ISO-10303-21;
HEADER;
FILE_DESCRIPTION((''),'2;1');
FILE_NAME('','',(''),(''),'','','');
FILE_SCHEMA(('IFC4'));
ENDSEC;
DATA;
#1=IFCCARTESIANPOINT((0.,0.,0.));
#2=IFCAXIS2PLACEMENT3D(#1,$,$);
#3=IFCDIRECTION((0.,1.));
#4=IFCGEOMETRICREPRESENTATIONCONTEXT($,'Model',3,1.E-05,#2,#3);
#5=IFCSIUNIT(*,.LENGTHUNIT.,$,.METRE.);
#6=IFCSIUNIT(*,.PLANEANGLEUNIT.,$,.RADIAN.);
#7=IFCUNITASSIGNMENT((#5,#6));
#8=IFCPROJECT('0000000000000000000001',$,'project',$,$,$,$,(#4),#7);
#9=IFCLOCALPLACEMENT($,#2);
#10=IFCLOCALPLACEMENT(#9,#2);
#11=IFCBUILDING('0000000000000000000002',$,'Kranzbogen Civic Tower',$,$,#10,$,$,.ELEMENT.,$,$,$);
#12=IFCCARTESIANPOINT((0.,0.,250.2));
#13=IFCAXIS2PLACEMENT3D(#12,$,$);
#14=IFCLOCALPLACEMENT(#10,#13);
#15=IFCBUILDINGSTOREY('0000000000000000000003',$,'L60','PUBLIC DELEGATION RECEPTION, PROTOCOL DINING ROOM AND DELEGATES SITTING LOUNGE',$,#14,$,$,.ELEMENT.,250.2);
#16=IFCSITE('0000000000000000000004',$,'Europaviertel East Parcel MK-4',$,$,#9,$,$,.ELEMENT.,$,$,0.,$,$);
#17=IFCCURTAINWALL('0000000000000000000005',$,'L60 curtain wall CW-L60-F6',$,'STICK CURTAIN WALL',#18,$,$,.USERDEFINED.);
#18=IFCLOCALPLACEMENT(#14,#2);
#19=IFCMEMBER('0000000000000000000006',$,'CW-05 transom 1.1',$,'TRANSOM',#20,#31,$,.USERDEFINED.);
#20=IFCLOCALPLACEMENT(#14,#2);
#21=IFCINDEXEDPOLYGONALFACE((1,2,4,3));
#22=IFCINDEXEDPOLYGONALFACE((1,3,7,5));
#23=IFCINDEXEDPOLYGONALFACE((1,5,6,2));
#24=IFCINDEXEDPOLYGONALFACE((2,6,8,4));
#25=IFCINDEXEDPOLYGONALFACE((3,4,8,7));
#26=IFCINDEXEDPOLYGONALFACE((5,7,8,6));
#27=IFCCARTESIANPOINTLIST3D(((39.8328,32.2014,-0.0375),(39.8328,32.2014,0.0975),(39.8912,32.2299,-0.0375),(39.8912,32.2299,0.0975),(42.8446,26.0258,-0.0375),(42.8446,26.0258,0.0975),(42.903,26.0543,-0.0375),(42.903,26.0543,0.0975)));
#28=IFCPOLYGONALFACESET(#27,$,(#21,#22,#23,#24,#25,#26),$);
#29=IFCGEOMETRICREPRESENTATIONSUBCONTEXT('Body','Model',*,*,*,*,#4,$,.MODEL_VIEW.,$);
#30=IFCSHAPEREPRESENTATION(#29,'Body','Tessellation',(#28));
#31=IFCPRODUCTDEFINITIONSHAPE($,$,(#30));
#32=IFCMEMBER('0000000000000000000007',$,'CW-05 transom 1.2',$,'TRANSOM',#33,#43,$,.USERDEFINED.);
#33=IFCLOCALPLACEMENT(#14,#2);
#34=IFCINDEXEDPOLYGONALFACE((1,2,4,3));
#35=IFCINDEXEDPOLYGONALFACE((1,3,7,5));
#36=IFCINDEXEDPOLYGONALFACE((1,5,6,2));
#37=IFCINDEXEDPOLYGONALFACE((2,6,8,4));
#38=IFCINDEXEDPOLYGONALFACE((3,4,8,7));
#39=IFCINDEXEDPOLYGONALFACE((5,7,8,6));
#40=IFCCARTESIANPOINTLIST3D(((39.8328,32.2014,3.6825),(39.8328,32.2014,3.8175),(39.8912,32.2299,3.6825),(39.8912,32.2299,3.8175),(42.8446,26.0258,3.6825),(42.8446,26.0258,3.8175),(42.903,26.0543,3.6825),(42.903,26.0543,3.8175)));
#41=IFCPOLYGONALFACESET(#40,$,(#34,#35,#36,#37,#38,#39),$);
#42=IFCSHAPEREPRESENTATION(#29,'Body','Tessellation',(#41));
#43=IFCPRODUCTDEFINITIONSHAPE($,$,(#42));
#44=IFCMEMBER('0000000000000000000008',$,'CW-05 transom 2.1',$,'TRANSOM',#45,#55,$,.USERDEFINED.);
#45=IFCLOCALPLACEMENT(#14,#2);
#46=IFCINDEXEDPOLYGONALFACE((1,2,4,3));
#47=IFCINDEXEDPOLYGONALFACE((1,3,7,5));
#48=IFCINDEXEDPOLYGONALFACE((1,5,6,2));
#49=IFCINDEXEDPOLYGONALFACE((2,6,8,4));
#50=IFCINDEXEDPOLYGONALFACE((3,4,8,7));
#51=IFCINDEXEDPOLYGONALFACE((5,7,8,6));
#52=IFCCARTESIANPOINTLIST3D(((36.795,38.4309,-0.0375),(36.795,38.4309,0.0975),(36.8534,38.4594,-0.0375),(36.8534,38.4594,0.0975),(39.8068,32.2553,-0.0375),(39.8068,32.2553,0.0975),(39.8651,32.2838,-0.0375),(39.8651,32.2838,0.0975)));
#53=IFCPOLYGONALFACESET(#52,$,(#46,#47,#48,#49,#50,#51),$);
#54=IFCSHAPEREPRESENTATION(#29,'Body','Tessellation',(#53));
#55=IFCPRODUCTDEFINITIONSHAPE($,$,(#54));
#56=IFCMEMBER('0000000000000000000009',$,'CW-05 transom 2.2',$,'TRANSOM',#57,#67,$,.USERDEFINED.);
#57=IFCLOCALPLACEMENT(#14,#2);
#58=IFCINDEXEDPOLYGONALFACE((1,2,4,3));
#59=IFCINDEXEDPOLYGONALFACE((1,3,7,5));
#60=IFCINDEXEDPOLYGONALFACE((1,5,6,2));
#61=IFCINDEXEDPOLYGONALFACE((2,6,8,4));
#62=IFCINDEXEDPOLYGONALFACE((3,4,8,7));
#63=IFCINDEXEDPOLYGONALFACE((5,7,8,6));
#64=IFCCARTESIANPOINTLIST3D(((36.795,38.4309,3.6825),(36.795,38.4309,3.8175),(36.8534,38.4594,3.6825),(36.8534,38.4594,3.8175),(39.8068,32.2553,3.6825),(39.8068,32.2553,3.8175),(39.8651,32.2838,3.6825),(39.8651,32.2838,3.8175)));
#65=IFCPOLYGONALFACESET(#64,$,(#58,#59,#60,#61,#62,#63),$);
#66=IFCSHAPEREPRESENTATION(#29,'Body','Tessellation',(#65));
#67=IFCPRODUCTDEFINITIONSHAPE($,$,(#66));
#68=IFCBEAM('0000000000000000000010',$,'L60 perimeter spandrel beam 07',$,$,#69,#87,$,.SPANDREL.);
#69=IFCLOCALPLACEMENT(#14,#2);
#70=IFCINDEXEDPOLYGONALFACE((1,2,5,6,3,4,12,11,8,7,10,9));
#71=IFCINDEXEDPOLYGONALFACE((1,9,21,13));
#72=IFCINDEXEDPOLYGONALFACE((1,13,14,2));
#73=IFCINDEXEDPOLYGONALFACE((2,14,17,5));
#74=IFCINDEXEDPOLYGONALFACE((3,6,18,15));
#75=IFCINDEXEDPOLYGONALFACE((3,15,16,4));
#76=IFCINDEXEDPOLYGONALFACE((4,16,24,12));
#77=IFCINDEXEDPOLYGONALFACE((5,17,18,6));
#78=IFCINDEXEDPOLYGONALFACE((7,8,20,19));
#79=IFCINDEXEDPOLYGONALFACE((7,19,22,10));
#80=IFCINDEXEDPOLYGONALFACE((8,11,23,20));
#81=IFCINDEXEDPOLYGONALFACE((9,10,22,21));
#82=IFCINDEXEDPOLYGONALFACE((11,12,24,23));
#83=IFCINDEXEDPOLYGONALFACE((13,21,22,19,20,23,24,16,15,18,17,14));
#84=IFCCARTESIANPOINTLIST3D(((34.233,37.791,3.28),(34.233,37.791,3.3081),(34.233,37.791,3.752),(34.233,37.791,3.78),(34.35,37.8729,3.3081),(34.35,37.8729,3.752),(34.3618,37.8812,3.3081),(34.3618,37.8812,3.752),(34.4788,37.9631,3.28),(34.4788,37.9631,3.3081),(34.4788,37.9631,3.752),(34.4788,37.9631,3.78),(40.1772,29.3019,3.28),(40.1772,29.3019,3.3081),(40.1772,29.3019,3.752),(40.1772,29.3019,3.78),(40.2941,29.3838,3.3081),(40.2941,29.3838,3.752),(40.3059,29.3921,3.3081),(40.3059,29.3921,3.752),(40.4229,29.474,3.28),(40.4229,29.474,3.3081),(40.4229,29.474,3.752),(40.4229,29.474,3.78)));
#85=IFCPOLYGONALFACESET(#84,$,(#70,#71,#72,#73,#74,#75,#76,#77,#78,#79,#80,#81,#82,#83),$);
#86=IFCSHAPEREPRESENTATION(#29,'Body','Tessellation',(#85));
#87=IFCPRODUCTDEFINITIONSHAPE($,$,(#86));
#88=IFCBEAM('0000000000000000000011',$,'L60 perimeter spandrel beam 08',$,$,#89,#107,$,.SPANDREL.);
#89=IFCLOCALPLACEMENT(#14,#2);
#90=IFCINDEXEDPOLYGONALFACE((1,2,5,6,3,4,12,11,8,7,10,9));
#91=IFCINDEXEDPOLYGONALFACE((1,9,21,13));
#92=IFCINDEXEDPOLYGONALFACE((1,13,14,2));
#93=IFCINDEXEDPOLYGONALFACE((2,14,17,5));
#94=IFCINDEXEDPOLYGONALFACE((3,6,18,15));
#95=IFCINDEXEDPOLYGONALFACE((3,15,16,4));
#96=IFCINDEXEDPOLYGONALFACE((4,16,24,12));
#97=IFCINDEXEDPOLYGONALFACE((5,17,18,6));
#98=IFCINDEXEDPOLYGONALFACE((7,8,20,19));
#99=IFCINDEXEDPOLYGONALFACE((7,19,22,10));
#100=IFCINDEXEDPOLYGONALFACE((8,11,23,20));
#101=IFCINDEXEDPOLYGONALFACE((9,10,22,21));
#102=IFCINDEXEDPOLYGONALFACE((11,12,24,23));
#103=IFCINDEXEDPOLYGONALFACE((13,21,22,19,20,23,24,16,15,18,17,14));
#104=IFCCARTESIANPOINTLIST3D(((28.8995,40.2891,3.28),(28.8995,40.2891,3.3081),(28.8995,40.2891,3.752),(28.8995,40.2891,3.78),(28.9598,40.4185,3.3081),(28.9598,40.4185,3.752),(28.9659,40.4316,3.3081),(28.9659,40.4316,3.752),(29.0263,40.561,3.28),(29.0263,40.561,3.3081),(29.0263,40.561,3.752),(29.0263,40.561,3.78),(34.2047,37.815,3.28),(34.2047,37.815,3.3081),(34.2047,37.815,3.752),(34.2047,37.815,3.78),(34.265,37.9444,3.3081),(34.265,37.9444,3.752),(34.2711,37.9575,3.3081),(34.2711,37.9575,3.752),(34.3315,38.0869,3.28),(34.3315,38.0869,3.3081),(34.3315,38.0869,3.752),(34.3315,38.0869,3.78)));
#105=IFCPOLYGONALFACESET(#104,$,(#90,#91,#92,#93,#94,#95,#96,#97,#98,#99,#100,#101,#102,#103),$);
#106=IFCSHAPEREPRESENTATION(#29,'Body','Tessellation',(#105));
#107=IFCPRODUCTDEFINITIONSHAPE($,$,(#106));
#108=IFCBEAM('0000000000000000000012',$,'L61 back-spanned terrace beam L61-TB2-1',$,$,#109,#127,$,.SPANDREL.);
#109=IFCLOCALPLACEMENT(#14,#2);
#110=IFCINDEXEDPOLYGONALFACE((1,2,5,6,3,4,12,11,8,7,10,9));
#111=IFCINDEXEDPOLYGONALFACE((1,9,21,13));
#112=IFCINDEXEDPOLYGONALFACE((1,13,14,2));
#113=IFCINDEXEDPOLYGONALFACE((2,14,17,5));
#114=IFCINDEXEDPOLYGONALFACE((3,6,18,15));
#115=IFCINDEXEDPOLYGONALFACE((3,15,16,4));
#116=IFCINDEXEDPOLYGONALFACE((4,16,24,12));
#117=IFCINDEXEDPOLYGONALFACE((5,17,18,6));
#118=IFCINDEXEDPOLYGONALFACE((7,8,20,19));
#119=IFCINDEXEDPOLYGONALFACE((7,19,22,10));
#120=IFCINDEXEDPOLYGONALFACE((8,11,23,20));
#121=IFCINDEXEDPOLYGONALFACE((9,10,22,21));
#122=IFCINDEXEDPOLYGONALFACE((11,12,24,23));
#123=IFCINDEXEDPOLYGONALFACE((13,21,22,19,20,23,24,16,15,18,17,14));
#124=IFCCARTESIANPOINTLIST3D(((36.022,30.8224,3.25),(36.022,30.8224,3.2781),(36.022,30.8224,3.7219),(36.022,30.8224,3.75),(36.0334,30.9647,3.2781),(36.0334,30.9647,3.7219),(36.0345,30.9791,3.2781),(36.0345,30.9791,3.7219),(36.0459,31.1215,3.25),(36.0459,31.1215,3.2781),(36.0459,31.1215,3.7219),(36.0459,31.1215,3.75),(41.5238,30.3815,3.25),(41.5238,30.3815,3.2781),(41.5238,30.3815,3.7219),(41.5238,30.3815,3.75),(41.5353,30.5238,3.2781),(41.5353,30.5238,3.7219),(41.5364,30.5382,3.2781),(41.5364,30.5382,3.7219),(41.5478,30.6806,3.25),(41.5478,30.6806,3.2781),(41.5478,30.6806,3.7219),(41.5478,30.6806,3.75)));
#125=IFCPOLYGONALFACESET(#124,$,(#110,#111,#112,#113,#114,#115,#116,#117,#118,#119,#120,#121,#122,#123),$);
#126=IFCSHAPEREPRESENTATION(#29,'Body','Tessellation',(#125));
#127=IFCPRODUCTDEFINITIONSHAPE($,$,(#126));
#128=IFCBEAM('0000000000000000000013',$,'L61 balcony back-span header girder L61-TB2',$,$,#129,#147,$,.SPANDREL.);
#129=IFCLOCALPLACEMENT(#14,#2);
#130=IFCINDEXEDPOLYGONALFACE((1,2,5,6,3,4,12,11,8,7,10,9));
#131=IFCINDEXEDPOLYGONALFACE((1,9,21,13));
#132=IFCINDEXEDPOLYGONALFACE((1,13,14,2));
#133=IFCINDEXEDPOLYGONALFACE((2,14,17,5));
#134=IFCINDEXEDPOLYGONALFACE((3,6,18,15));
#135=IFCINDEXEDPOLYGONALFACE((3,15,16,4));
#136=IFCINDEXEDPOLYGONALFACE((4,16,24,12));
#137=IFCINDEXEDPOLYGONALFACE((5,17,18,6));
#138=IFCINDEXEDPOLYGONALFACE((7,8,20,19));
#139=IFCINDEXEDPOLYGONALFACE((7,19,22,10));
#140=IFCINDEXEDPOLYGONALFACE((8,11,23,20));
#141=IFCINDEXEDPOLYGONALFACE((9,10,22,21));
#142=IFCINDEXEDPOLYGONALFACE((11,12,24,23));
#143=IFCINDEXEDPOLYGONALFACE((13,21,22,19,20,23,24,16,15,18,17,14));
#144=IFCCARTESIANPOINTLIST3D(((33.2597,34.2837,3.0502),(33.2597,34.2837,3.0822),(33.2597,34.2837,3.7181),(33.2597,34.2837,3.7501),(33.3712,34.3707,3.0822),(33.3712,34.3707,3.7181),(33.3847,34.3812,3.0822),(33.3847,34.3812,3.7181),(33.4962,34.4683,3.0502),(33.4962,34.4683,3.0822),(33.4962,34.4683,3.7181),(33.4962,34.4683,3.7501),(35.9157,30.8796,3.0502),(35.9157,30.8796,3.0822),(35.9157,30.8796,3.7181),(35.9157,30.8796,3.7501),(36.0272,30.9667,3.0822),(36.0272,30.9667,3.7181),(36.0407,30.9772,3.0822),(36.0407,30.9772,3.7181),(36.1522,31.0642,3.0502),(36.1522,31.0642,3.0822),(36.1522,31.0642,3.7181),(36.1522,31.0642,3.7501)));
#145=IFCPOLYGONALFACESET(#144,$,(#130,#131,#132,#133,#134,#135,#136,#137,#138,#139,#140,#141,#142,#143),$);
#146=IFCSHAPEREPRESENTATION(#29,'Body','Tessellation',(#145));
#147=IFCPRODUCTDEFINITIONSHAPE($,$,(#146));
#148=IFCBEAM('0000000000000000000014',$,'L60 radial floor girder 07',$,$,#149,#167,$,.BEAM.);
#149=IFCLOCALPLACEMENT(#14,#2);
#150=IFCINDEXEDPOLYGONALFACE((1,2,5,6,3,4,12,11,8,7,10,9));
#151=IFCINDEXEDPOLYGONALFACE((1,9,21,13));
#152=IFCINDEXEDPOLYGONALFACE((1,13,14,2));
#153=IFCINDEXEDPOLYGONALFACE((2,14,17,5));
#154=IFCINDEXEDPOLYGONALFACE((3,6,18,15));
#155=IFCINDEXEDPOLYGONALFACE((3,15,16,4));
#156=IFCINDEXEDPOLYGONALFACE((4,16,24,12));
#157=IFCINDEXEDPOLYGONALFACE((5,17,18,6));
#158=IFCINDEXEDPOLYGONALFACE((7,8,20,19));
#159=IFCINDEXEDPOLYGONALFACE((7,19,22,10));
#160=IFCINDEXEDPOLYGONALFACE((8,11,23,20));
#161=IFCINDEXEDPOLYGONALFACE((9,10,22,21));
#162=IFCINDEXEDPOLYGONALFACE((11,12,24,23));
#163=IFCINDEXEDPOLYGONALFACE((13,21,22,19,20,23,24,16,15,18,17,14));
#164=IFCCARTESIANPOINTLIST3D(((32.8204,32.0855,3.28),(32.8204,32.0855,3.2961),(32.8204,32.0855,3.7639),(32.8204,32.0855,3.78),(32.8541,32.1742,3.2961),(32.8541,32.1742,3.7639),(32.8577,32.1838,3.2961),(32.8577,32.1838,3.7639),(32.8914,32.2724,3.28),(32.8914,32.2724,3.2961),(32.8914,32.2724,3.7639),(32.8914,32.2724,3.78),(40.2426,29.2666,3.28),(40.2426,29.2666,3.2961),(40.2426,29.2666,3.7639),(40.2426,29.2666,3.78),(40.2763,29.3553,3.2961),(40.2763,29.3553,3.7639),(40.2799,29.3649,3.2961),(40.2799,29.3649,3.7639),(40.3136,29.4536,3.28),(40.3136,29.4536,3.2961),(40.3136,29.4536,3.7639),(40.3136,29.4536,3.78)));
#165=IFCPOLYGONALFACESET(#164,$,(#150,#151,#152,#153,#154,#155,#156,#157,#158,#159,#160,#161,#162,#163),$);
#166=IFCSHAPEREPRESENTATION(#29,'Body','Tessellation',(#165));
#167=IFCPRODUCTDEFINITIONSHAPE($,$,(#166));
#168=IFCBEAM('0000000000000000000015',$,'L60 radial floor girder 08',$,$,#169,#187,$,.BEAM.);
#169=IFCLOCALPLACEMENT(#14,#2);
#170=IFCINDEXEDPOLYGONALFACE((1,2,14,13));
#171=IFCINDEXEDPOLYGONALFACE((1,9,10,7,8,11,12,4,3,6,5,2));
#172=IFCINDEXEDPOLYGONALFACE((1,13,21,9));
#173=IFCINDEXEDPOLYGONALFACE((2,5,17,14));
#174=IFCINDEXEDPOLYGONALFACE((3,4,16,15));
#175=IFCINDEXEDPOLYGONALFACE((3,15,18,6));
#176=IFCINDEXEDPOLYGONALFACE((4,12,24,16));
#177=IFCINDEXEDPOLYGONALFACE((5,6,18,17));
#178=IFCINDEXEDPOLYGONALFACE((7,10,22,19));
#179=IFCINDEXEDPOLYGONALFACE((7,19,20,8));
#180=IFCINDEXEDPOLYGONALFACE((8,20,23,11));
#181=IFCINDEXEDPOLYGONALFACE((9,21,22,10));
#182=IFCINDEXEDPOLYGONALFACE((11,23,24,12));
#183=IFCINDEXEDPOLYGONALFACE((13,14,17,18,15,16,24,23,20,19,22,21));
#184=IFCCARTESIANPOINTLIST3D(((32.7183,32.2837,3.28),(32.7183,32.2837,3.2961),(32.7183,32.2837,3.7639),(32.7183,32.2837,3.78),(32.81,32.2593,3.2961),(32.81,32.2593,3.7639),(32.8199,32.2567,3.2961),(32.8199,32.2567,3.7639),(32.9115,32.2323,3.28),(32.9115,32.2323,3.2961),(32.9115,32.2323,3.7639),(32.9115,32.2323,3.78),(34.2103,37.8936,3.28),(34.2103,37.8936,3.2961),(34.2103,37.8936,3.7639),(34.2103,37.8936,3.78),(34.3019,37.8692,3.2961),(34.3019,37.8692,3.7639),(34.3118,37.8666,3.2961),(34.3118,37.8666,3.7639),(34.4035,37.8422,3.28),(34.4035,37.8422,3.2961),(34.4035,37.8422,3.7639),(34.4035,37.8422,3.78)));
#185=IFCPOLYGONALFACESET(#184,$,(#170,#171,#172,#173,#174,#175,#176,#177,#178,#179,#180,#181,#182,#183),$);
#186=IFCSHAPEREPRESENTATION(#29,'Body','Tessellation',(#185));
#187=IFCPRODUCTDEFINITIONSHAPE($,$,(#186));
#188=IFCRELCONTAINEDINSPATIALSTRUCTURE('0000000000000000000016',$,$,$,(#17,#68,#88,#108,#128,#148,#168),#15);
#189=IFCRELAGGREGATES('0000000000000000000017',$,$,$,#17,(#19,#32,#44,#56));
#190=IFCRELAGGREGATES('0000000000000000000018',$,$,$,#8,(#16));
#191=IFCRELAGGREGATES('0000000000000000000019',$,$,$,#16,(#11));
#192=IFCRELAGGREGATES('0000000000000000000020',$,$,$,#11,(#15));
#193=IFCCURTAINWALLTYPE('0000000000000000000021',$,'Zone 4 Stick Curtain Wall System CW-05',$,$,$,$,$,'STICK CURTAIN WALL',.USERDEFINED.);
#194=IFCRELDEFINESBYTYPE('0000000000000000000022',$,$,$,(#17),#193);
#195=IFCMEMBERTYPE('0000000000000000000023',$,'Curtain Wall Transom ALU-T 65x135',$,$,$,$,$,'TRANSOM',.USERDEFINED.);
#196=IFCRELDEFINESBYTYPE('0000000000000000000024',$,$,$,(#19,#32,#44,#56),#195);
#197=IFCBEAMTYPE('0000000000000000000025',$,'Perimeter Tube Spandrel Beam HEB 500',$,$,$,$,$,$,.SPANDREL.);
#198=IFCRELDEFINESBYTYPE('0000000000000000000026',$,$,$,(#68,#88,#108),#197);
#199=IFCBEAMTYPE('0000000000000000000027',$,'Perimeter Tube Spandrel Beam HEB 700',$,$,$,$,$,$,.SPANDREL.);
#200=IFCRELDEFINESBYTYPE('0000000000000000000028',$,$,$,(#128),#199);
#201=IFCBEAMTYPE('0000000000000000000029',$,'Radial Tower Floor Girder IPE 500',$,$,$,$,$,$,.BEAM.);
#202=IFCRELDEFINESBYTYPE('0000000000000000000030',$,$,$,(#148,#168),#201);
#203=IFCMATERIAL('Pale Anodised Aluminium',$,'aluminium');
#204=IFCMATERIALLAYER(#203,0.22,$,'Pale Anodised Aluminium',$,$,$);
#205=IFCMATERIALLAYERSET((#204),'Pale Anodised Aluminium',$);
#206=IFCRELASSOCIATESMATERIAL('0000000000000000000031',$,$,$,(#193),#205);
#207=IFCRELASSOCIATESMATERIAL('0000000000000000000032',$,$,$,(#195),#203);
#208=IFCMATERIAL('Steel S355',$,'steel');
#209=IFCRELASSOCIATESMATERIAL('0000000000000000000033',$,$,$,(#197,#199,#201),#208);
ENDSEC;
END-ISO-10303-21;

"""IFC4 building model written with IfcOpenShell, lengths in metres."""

from ifc_helpers import new_model, si_unit, direction, frame, origin, origin_2d, place, context, subcontext, project, spatial, rectangle, i_section, extrude, material, layer, layer_set, material_profile, profile_set, type_object, element, aggregate, save


model = new_model("IFC4")

# Units and contexts
model_context = context("Model", 3, precision=1e-05, world=origin(), true_north=direction((0.0, 1.0)))
body_context = subcontext(model_context, "Body", "Model", "MODEL_VIEW")
ifc_project = project(units=[si_unit("LENGTHUNIT", "METRE"), si_unit("PLANEANGLEUNIT", "RADIAN")], contexts=[model_context])

# Site, building, storey
site_placement = place(None, origin())
site = spatial("IfcSite", under=ifc_project, at=site_placement, Name="Europaviertel East Parcel MK-4", CompositionType="ELEMENT", RefElevation=0.0)
building_placement = place(site_placement, origin())
building = spatial("IfcBuilding", under=site, at=building_placement, Name="Kranzbogen Civic Tower", CompositionType="ELEMENT")
storey_placement = place(building_placement, frame((0.0, 0.0, 250.2)))
storey = spatial("IfcBuildingStorey", under=building, at=storey_placement, Name="L60", Description="PUBLIC DELEGATION RECEPTION, PROTOCOL DINING ROOM AND DELEGATES SITTING LOUNGE", CompositionType="ELEMENT", Elevation=250.2)

# Shared definitions
ifc_material_1 = material(Name="Steel S355", Category="steel")

# Shared definitions
ifc_material_2 = material(Name="Pale Anodised Aluminium", Category="aluminium")

# Shared definitions
ifc_layer_1 = layer(ifc_material_2, 0.22, Name="Pale Anodised Aluminium")
ifc_layer_set_1 = layer_set([ifc_layer_1], Name="Pale Anodised Aluminium")
curtain_wall_type_1 = type_object("IfcCurtainWallType", Name="Zone 4 Stick Curtain Wall System CW-05", ElementType="STICK CURTAIN WALL", PredefinedType="USERDEFINED", material=ifc_layer_set_1)

# Curtain wall
curtain_wall_1_placement = place(storey_placement, origin())
curtain_wall_1 = element("IfcCurtainWall", 1, at=curtain_wall_1_placement, inside=storey, type_object=curtain_wall_type_1, Name="L60 curtain wall CW-L60-F6", ObjectType="STICK CURTAIN WALL", PredefinedType="USERDEFINED")

# Members
ifc_material_profile_1 = material_profile(ifc_material_2, rectangle(XDim=0.0649, YDim=0.135, at=origin_2d()), Name="ALU-T 65x135")
ifc_profile_set_1 = profile_set([ifc_material_profile_1], Name="Pale Anodised Aluminium")
member_type_1 = type_object("IfcMemberType", Name="Curtain Wall Transom ALU-T 65x135", ElementType="TRANSOM", PredefinedType="USERDEFINED", material=ifc_profile_set_1)
member_1_placement = place(storey_placement, frame((42.8738, 26.04, 0.03), z_axis=(-0.438337, 0.898811, 0.0), x_axis=(-0.898811, -0.438337, 0.0)))
member_1 = element("IfcMember", 2, at=member_1_placement, type_object=member_type_1, Name="CW-05 transom 1.1", ObjectType="TRANSOM", PredefinedType="USERDEFINED", context=body_context, shape_type="SweptSolid", body=[
    extrude(rectangle(XDim=0.0649, YDim=0.135, at=origin_2d()), origin(), (0.0, 0.0, 1.0), 6.8708),
])
member_2_placement = place(storey_placement, frame((42.8738, 26.04, 3.75), z_axis=(-0.438337, 0.898811, 0.0), x_axis=(-0.898811, -0.438337, 0.0)))
member_2 = element("IfcMember", 3, at=member_2_placement, type_object=member_type_1, Name="CW-05 transom 1.2", ObjectType="TRANSOM", PredefinedType="USERDEFINED", context=body_context, shape_type="SweptSolid", body=[
    extrude(rectangle(XDim=0.0649, YDim=0.135, at=origin_2d()), origin(), (0.0, 0.0, 1.0), 6.8708),
])
member_3_placement = place(storey_placement, frame((39.8359, 32.2695, 0.03), z_axis=(-0.438337, 0.898811, 0.0), x_axis=(-0.898811, -0.438337, 0.0)))
member_3 = element("IfcMember", 4, at=member_3_placement, type_object=member_type_1, Name="CW-05 transom 2.1", ObjectType="TRANSOM", PredefinedType="USERDEFINED", context=body_context, shape_type="SweptSolid", body=[
    extrude(rectangle(XDim=0.0649, YDim=0.135, at=origin_2d()), origin(), (0.0, 0.0, 1.0), 6.8708),
])
member_4_placement = place(storey_placement, frame((39.8359, 32.2695, 3.75), z_axis=(-0.438337, 0.898811, 0.0), x_axis=(-0.898811, -0.438337, 0.0)))
member_4 = element("IfcMember", 5, at=member_4_placement, type_object=member_type_1, Name="CW-05 transom 2.2", ObjectType="TRANSOM", PredefinedType="USERDEFINED", context=body_context, shape_type="SweptSolid", body=[
    extrude(rectangle(XDim=0.0649, YDim=0.135, at=origin_2d()), origin(), (0.0, 0.0, 1.0), 6.8708),
])

# Beams
ifc_material_profile_2 = material_profile(ifc_material_1, i_section(OverallWidth=0.3, OverallDepth=0.5, WebThickness=0.0144, FlangeThickness=0.0281, at=origin_2d()), Name="HEB 500")
ifc_profile_set_2 = profile_set([ifc_material_profile_2], Name="Steel S355")
beam_type_1 = type_object("IfcBeamType", Name="Perimeter Tube Spandrel Beam HEB 500", PredefinedType="SPANDREL", material=ifc_profile_set_2)
beam_1_placement = place(storey_placement, frame((40.3, 29.3879, 3.53), z_axis=(-0.573578, 0.819151, 0.0), x_axis=(-0.819151, -0.573578, 0.0)))
element("IfcBeam", 6, at=beam_1_placement, inside=storey, type_object=beam_type_1, Name="L60 perimeter spandrel beam 07", PredefinedType="SPANDREL", context=body_context, shape_type="SweptSolid", body=[
    extrude(i_section(OverallWidth=0.3, OverallDepth=0.5, WebThickness=0.0144, FlangeThickness=0.0281, at=origin_2d()), origin(), (0.0, 0.0, 1.0), 10.3633),
])
beam_2_placement = place(storey_placement, frame((34.2681, 37.9509, 3.53), z_axis=(-0.90629, 0.422657, 0.0), x_axis=(-0.422657, -0.90629, 0.0)))
element("IfcBeam", 7, at=beam_2_placement, inside=storey, type_object=beam_type_1, Name="L60 perimeter spandrel beam 08", PredefinedType="SPANDREL", context=body_context, shape_type="SweptSolid", body=[
    extrude(i_section(OverallWidth=0.3, OverallDepth=0.5, WebThickness=0.0144, FlangeThickness=0.0281, at=origin_2d()), origin(), (0.0, 0.0, 1.0), 5.8538),
])
beam_3_placement = place(storey_placement, frame((36.0339, 30.9719, 3.5), z_axis=(0.996804, -0.079882, 0.0), x_axis=(0.079882, 0.996804, 0.0)))
element("IfcBeam", 8, at=beam_3_placement, inside=storey, type_object=beam_type_1, Name="L61 back-spanned terrace beam L61-TB2-1", PredefinedType="SPANDREL", context=body_context, shape_type="SweptSolid", body=[
    extrude(i_section(OverallWidth=0.3, OverallDepth=0.5, WebThickness=0.0144, FlangeThickness=0.0281, at=origin_2d()), origin(), (0.0, 0.0, 1.0), 5.5195),
])
ifc_material_profile_3 = material_profile(ifc_material_1, i_section(OverallWidth=0.3, OverallDepth=0.7, WebThickness=0.0171, FlangeThickness=0.032, at=origin_2d()), Name="HEB 700")
ifc_profile_set_3 = profile_set([ifc_material_profile_3], Name="Steel S355")
beam_type_2 = type_object("IfcBeamType", Name="Perimeter Tube Spandrel Beam HEB 700", PredefinedType="SPANDREL", material=ifc_profile_set_3)
beam_4_placement = place(storey_placement, frame((36.0339, 30.9719, 3.4001), z_axis=(-0.615153, 0.788407, 0.0), x_axis=(-0.788407, -0.615153, 0.0)))
element("IfcBeam", 9, at=beam_4_placement, inside=storey, type_object=beam_type_2, Name="L61 balcony back-span header girder L61-TB2", PredefinedType="SPANDREL", context=body_context, shape_type="SweptSolid", body=[
    extrude(i_section(OverallWidth=0.3, OverallDepth=0.7, WebThickness=0.0171, FlangeThickness=0.032, at=origin_2d()), origin(), (0.0, 0.0, 1.0), 4.3176),
])
ifc_material_profile_4 = material_profile(ifc_material_1, i_section(OverallWidth=0.2, OverallDepth=0.5, WebThickness=0.0103, FlangeThickness=0.0161, at=origin_2d()), Name="IPE 500")
ifc_profile_set_4 = profile_set([ifc_material_profile_4], Name="Steel S355")
beam_type_3 = type_object("IfcBeamType", Name="Radial Tower Floor Girder IPE 500", PredefinedType="BEAM", material=ifc_profile_set_4)
beam_5_placement = place(storey_placement, frame((40.2781, 29.3601, 3.53), z_axis=(-0.934849, 0.355046, 0.0), x_axis=(-0.355046, -0.934849, 0.0)))
element("IfcBeam", 10, at=beam_5_placement, inside=storey, type_object=beam_type_3, Name="L60 radial floor girder 07", PredefinedType="BEAM", context=body_context, shape_type="SweptSolid", body=[
    extrude(i_section(OverallWidth=0.2, OverallDepth=0.5, WebThickness=0.0103, FlangeThickness=0.0161, at=origin_2d()), origin(), (0.0, 0.0, 1.0), 7.9395),
])
beam_6_placement = place(storey_placement, frame((34.3069, 37.8679, 3.53), z_axis=(-0.257016, -0.966407, 0.0), x_axis=(0.966407, -0.257016, 0.0)))
element("IfcBeam", 11, at=beam_6_placement, inside=storey, type_object=beam_type_3, Name="L60 radial floor girder 08", PredefinedType="BEAM", context=body_context, shape_type="SweptSolid", body=[
    extrude(i_section(OverallWidth=0.2, OverallDepth=0.5, WebThickness=0.0103, FlangeThickness=0.0161, at=origin_2d()), origin(), (0.0, 0.0, 1.0), 5.8049),
])

aggregate(curtain_wall_1, [member_1, member_2, member_3, member_4])

save(model, "model.ifc")
